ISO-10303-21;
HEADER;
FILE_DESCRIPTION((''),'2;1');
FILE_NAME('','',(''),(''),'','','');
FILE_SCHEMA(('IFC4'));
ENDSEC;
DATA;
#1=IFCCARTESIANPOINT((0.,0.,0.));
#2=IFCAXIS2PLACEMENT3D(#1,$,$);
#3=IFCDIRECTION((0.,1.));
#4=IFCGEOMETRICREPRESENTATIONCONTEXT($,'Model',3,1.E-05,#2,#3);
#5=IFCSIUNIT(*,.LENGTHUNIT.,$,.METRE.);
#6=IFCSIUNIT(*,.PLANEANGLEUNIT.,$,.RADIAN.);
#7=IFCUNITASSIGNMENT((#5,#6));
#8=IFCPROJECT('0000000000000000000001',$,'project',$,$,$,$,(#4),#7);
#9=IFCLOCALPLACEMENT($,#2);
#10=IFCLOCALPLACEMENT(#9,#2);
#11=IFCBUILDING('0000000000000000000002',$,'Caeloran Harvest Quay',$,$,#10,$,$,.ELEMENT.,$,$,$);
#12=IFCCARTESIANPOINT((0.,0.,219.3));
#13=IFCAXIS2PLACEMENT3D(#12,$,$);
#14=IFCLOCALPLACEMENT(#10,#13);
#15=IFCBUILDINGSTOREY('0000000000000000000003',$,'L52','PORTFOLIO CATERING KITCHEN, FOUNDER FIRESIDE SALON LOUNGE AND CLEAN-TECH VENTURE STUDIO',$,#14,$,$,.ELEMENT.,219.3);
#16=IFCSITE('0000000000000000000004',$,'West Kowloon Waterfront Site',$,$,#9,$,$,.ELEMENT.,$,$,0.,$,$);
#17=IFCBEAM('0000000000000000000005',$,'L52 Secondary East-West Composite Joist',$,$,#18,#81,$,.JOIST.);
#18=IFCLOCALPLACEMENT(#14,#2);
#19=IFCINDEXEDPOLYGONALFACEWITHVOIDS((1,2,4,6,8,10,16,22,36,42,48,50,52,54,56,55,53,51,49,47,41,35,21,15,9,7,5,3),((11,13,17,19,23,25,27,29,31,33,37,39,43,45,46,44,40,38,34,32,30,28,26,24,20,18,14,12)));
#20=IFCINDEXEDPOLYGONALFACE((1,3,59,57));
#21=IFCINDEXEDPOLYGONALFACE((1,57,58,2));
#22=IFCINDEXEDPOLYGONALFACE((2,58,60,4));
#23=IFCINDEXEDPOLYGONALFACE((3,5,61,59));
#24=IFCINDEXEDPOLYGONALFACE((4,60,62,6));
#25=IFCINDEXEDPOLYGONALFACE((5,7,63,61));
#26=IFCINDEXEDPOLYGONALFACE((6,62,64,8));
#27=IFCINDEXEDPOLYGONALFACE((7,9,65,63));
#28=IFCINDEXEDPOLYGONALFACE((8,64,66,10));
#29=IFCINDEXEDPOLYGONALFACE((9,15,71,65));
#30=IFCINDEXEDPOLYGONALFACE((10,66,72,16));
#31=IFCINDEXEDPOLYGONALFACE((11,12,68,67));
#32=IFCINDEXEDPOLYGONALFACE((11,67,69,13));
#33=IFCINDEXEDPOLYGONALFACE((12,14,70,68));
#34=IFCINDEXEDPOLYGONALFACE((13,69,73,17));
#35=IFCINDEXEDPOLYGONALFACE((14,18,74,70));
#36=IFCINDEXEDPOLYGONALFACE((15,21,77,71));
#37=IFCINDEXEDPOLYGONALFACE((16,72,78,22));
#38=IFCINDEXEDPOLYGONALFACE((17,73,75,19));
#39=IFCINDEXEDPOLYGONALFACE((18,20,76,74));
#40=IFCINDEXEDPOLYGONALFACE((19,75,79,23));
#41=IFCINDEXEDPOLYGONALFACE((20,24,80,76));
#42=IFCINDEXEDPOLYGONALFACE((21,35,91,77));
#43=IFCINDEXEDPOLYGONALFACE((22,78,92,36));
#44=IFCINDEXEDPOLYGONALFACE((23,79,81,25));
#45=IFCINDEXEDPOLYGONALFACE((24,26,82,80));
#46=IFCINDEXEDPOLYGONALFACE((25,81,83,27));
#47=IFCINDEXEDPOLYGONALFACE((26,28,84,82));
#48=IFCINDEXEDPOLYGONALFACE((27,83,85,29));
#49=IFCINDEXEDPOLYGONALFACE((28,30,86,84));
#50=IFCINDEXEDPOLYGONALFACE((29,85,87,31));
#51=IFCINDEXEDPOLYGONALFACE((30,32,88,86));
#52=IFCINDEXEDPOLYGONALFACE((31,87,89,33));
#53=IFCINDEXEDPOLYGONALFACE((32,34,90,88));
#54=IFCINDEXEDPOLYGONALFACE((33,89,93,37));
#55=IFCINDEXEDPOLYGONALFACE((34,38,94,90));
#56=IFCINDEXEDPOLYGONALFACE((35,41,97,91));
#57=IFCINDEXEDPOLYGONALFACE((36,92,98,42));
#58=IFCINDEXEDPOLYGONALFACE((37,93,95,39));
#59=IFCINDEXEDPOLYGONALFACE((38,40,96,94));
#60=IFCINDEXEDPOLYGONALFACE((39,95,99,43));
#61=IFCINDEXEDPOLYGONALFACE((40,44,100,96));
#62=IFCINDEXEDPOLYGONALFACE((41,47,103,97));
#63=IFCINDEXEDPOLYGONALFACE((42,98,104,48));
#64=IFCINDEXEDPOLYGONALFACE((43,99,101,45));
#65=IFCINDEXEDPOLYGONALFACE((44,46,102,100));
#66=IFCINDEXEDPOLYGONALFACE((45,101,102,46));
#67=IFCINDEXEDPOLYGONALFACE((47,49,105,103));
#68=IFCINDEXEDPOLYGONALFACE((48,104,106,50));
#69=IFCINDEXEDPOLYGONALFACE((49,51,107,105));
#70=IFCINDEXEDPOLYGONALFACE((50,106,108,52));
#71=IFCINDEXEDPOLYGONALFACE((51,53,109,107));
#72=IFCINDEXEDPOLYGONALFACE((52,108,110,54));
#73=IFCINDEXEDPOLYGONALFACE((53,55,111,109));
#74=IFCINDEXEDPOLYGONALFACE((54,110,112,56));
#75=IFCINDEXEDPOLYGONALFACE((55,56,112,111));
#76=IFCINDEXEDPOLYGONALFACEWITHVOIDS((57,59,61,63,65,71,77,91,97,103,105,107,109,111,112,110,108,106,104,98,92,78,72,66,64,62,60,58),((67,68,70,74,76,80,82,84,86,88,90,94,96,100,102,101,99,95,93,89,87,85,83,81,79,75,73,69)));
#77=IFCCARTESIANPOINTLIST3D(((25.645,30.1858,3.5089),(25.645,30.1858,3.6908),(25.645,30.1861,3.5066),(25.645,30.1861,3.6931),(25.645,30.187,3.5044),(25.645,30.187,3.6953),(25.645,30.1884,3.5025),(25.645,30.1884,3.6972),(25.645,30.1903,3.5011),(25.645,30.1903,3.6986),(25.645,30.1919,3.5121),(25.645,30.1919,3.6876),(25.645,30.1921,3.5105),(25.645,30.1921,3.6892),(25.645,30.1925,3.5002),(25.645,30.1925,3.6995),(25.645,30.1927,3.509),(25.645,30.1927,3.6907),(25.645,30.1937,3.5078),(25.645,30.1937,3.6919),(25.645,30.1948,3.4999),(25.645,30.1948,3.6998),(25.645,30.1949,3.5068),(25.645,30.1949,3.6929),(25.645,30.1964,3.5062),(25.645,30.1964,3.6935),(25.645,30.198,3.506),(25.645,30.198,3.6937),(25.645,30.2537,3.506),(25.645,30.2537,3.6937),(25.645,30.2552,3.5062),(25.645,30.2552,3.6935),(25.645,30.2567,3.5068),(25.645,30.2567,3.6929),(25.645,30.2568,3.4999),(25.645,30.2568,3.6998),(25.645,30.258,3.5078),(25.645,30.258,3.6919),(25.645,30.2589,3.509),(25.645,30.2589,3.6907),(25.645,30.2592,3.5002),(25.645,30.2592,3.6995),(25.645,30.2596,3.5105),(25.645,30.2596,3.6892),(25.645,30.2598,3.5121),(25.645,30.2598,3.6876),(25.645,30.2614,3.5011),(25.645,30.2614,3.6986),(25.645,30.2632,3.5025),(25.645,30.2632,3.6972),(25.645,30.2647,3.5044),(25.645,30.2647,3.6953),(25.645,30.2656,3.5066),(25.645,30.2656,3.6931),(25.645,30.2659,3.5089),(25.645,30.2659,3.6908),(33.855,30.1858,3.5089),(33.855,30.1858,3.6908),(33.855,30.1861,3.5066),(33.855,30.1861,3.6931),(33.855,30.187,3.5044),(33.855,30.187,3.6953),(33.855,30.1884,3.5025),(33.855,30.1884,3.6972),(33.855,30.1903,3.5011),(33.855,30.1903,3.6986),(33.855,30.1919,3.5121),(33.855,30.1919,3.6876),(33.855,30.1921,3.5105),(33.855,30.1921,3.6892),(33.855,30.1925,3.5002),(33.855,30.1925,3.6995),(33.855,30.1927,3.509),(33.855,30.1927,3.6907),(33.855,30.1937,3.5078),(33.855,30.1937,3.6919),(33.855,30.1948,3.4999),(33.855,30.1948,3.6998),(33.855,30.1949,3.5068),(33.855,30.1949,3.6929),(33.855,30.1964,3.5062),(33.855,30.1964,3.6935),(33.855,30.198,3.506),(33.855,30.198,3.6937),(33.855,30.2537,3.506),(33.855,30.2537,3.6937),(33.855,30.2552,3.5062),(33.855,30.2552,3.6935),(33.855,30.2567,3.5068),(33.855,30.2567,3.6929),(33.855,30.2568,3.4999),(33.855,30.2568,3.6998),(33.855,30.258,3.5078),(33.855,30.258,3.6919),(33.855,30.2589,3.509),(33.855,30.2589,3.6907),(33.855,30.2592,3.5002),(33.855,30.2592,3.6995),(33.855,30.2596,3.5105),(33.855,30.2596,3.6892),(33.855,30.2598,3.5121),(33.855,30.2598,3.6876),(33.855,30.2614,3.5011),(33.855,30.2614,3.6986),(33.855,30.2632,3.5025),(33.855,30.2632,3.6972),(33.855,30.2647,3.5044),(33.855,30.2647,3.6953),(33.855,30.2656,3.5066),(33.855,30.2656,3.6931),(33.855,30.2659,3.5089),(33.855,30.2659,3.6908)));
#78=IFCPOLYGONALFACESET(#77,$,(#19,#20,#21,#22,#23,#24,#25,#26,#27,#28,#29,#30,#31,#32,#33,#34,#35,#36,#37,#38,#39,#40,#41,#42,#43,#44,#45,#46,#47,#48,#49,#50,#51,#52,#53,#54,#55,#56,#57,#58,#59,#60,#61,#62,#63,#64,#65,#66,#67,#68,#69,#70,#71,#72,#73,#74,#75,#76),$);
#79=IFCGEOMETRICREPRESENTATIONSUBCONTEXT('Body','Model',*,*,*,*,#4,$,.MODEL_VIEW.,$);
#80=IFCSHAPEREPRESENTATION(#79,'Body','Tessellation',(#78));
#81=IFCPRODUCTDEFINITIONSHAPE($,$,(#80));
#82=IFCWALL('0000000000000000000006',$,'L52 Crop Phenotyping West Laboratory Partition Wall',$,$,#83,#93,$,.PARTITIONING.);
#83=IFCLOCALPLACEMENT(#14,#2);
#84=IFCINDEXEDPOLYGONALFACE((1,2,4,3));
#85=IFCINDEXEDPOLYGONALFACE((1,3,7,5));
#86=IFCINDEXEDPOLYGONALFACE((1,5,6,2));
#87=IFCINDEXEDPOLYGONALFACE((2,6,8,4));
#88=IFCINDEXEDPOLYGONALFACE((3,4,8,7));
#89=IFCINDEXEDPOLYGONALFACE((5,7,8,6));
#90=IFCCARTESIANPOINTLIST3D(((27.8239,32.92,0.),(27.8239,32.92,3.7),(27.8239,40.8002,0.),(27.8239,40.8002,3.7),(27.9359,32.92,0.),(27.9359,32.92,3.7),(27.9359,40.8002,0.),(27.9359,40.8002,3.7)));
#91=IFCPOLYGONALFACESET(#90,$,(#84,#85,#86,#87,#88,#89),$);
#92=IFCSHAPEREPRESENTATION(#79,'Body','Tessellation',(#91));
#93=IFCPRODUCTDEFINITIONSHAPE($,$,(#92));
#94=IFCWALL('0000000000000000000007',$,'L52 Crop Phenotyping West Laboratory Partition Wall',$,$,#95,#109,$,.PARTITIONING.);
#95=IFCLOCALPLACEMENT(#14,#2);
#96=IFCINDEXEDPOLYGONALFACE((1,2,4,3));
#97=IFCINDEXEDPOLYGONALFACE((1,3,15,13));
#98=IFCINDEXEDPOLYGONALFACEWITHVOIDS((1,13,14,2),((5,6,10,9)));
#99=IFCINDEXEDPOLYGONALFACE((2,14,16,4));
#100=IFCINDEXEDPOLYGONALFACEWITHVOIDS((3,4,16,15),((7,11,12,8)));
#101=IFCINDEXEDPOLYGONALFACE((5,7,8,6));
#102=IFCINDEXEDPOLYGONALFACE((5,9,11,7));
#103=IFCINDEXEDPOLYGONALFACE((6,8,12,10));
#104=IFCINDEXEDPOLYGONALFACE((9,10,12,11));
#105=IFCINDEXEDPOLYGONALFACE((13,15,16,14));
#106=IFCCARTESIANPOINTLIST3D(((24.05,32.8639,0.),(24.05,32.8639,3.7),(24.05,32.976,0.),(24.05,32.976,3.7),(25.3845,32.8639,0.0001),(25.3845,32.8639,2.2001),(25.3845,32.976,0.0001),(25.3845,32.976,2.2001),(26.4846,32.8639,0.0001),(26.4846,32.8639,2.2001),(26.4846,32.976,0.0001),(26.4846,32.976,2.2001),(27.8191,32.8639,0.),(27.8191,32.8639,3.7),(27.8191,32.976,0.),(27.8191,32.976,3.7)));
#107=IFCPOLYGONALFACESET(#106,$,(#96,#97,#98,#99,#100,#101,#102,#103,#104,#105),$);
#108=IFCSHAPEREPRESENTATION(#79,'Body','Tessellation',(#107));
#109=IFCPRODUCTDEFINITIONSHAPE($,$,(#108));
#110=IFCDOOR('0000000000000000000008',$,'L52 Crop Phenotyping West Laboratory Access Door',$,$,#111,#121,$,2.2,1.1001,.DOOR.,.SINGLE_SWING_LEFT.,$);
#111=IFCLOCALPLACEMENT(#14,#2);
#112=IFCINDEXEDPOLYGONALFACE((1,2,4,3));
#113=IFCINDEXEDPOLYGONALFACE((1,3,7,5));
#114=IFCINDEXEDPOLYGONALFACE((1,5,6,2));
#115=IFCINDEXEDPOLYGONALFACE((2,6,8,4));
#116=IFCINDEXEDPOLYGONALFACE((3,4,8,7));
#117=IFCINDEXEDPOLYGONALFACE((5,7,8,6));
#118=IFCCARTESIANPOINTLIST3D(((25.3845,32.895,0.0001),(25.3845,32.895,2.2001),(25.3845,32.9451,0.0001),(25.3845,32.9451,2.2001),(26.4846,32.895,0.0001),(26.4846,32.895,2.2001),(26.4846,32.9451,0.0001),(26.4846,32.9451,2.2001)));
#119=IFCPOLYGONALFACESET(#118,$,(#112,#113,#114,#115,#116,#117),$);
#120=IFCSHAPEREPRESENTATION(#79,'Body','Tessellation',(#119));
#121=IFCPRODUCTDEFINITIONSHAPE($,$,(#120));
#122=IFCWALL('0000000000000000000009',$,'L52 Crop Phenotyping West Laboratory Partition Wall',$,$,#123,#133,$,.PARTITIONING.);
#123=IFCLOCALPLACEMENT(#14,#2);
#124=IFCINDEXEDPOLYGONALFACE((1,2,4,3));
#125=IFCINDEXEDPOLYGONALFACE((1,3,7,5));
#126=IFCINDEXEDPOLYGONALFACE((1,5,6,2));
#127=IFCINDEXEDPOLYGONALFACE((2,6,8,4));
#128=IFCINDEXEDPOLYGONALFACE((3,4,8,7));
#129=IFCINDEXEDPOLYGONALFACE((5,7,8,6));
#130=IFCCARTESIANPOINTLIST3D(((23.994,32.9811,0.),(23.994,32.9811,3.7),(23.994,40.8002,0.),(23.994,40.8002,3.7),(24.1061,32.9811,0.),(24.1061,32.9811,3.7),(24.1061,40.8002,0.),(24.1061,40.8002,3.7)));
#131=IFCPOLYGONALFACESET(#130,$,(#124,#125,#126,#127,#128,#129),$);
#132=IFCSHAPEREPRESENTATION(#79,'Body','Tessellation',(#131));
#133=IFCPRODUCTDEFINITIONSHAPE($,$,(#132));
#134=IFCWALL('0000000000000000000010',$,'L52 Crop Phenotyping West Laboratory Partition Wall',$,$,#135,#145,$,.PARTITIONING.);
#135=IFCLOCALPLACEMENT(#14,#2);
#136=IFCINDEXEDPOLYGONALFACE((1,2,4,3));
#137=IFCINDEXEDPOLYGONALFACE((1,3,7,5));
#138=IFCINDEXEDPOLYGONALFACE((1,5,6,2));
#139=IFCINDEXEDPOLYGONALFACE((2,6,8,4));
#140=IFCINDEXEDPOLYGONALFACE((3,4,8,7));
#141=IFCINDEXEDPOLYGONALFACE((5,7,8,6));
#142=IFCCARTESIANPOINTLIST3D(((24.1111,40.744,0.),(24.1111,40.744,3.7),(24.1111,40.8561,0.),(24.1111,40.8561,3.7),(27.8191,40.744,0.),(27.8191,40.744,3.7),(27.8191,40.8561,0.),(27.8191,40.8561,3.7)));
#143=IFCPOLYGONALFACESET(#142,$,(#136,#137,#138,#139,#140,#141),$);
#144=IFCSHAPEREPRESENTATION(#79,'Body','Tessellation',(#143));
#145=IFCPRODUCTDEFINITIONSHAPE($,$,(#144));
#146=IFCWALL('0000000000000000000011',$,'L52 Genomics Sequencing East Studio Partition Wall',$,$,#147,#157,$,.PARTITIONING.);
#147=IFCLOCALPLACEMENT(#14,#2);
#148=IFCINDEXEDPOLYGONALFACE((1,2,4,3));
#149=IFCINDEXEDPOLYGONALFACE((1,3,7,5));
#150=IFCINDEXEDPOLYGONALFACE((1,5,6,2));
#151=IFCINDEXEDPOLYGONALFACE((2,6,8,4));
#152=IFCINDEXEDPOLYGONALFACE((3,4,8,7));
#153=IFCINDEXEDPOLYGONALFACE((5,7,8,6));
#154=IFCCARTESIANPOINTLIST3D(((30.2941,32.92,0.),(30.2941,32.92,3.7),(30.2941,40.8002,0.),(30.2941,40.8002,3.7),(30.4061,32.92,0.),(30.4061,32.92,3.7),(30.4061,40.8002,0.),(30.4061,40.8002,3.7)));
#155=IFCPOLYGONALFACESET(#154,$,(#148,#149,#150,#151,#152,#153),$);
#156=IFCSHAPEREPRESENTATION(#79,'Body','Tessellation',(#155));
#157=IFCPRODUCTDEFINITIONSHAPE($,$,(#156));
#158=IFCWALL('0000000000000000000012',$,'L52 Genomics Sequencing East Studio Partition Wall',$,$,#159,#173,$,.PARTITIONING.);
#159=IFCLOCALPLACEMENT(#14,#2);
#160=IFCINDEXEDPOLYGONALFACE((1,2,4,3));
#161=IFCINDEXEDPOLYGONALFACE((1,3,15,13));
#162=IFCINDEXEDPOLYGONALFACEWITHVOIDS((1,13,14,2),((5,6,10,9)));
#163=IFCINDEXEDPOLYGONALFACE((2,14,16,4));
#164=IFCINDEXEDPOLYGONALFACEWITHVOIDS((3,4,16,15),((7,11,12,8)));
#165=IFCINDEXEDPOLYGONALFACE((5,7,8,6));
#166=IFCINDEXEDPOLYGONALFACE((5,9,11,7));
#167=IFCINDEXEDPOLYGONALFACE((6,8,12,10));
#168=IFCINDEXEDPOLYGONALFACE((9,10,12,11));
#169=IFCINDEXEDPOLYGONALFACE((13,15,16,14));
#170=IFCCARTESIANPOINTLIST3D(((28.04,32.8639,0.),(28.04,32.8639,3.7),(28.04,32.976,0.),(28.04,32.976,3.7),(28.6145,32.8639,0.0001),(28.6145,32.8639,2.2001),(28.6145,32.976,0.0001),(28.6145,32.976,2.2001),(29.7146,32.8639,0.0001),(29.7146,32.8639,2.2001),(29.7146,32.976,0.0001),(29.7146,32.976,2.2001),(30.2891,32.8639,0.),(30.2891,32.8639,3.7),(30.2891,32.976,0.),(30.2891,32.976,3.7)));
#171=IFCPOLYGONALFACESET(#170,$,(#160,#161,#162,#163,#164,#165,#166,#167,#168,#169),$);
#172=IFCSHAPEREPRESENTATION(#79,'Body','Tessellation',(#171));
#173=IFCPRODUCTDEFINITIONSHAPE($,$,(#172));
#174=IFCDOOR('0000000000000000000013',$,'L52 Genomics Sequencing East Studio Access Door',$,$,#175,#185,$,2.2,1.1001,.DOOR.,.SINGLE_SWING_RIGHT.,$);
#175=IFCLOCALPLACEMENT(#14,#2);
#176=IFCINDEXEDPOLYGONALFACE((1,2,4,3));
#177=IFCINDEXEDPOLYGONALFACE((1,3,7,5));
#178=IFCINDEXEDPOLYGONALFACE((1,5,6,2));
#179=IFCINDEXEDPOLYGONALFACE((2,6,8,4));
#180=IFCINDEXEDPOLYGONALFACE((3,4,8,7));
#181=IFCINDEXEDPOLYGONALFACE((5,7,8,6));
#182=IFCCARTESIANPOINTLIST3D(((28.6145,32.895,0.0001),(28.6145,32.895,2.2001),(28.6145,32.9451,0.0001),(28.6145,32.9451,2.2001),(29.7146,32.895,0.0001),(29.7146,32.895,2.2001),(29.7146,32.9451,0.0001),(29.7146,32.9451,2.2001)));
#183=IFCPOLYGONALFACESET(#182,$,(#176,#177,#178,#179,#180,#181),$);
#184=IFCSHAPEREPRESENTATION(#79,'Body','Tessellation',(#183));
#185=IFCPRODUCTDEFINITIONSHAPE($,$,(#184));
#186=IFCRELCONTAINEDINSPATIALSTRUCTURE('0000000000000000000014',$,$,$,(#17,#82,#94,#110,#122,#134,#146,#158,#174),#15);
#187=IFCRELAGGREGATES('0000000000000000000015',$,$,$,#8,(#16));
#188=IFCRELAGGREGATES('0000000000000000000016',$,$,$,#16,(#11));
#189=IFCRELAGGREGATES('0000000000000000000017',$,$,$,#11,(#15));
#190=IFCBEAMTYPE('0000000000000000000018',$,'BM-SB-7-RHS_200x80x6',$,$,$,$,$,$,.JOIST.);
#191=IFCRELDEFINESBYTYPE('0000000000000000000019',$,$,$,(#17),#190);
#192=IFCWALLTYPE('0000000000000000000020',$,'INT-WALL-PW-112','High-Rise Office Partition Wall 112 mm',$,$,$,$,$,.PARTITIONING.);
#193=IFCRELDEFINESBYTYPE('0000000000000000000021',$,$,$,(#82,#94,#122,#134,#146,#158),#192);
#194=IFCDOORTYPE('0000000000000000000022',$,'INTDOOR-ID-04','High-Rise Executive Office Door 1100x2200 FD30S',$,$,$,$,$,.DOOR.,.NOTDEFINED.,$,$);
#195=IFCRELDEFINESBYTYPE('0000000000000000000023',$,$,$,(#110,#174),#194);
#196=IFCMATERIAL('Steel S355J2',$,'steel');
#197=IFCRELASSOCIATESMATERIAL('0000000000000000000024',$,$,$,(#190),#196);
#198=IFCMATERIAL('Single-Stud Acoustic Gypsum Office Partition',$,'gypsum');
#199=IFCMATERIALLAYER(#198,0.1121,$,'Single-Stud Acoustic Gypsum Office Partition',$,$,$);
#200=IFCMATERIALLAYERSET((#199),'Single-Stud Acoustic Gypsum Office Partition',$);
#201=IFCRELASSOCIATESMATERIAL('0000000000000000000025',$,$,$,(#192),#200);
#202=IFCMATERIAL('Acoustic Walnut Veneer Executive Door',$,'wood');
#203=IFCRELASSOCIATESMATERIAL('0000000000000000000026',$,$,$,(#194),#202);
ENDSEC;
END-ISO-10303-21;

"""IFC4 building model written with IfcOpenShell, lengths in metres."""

from ifc_helpers import new_model, si_unit, direction, frame, frame_2d, origin, origin_2d, place, context, subcontext, project, spatial, rectangle, hollow_rectangle, extrude, material, layer, layer_set, material_profile, profile_set, type_object, element, fill, save


model = new_model("IFC4")

# Units and contexts
model_context = context("Model", 3, precision=1e-05, world=origin(), true_north=direction((0.0, 1.0)))
body_context = subcontext(model_context, "Body", "Model", "MODEL_VIEW")
ifc_project = project(units=[si_unit("LENGTHUNIT", "METRE"), si_unit("PLANEANGLEUNIT", "RADIAN")], contexts=[model_context])

# Site, building, storey
site_placement = place(None, origin())
site = spatial("IfcSite", under=ifc_project, at=site_placement, Name="West Kowloon Waterfront Site", CompositionType="ELEMENT", RefElevation=0.0)
building_placement = place(site_placement, origin())
building = spatial("IfcBuilding", under=site, at=building_placement, Name="Caeloran Harvest Quay", CompositionType="ELEMENT")
storey_placement = place(building_placement, frame((0.0, 0.0, 219.3)))
storey = spatial("IfcBuildingStorey", under=building, at=storey_placement, Name="L52", Description="PORTFOLIO CATERING KITCHEN, FOUNDER FIRESIDE SALON LOUNGE AND CLEAN-TECH VENTURE STUDIO", CompositionType="ELEMENT", Elevation=219.3)

# Beam
ifc_material_1 = material(Name="Steel S355J2", Category="steel")
ifc_material_profile_1 = material_profile(ifc_material_1, hollow_rectangle(XDim=0.0801, YDim=0.2, WallThickness=0.0061, InnerFilletRadius=0.0061, OuterFilletRadius=0.009, at=origin_2d()), Name="RHS 200x80x6")
ifc_profile_set_1 = profile_set([ifc_material_profile_1], Name="Steel S355J2")
beam_type_1 = type_object("IfcBeamType", Name="BM-SB-7-RHS_200x80x6", PredefinedType="JOIST", material=ifc_profile_set_1)
for number, where, z_axis, x_axis, name in (
    (1, (25.645, 30.2258, 3.5999), (1.0, 0.0, 0.0), (0.0, 1.0, 0.0), "L52 Secondary East-West Composite Joist"),
):
    element("IfcBeam", number, at=place(storey_placement, frame(where, z_axis=z_axis, x_axis=x_axis)), inside=storey, type_object=beam_type_1, Name=name, PredefinedType="JOIST", context=body_context, shape_type="SweptSolid", body=[
        extrude(hollow_rectangle(XDim=0.0801, YDim=0.2, WallThickness=0.0061, InnerFilletRadius=0.0061, OuterFilletRadius=0.009, at=origin_2d()), origin(), (0.0, 0.0, 1.0), 8.21),
    ])

# Wall
ifc_material_2 = material(Name="Single-Stud Acoustic Gypsum Office Partition", Category="gypsum")
ifc_layer = layer(ifc_material_2, 0.1121, Name="Single-Stud Acoustic Gypsum Office Partition")
ifc_layer_set = layer_set([ifc_layer], Name="Single-Stud Acoustic Gypsum Office Partition")
wall_type = type_object("IfcWallType", Name="INT-WALL-PW-112", Description="High-Rise Office Partition Wall 112 mm", PredefinedType="PARTITIONING", material=ifc_layer_set)
wall_1_placement = place(storey_placement, frame((27.8799, 40.8, 0.0), z_axis=(0.0, 0.0, 1.0), x_axis=(0.0, -1.0, 0.0)))
element("IfcWall", 2, at=wall_1_placement, inside=storey, type_object=wall_type, Name="L52 Crop Phenotyping West Laboratory Partition Wall", PredefinedType="PARTITIONING", context=body_context, shape_type="SweptSolid", body=[
    extrude(rectangle(XDim=7.8801, YDim=0.1121, at=frame_2d((3.9399, 0.0))), origin(), (0.0, 0.0, 1.0), 3.7),
])

# Wall, opening, door
wall_2_placement = place(storey_placement, frame((27.8191, 32.9199, 0.0), z_axis=(0.0, 0.0, 1.0), x_axis=(-1.0, 0.0, 0.0)))
wall_2 = element("IfcWall", 3, at=wall_2_placement, inside=storey, type_object=wall_type, Name="L52 Crop Phenotyping West Laboratory Partition Wall", PredefinedType="PARTITIONING", context=body_context, shape_type="SweptSolid", body=[
    extrude(rectangle(XDim=3.769, YDim=0.1121, at=frame_2d((1.8845, 0.0))), origin(), (0.0, 0.0, 1.0), 3.7),
])
opening_1_placement = place(wall_2_placement, frame((1.3345, 0.0, 0.0)))
opening_1 = element("IfcOpeningElement", 4, at=opening_1_placement, cuts=wall_2, PredefinedType="OPENING", context=body_context, shape_type="SweptSolid", body=[
    extrude(rectangle(XDim=1.1001, YDim=2.2, at=frame_2d((0.55, 1.1001))), frame((0.0, 0.0659, 0.0), z_axis=(0.0, -1.0, 0.0), x_axis=(1.0, 0.0, 0.0)), (0.0, 0.0, 1.0), 0.1321),
])
ifc_material_3 = material(Name="Acoustic Walnut Veneer Executive Door", Category="wood")
door_type = type_object("IfcDoorType", Name="INTDOOR-ID-04", Description="High-Rise Executive Office Door 1100x2200 FD30S", OperationType="NOTDEFINED", PredefinedType="DOOR", material=ifc_material_3)
door_1_placement = place(opening_1_placement, origin())
door_1 = element("IfcDoor", 5, at=door_1_placement, inside=storey, type_object=door_type, Name="L52 Crop Phenotyping West Laboratory Access Door", OperationType="SINGLE_SWING_LEFT", OverallHeight=2.2, OverallWidth=1.1001, PredefinedType="DOOR", context=body_context, shape_type="SweptSolid", body=[
    extrude(rectangle(XDim=1.1001, YDim=2.2, at=frame_2d((0.55, 1.1001))), frame((0.0, 0.0249, 0.0), z_axis=(0.0, -1.0, 0.0), x_axis=(1.0, 0.0, 0.0)), (0.0, 0.0, 1.0), 0.05),
])
fill(opening_1, door_1)

# Walls
wall_3_placement = place(storey_placement, frame((24.05, 32.981, 0.0), z_axis=(0.0, 0.0, 1.0), x_axis=(0.0, 1.0, 0.0)))
element("IfcWall", 6, at=wall_3_placement, inside=storey, type_object=wall_type, Name="L52 Crop Phenotyping West Laboratory Partition Wall", PredefinedType="PARTITIONING", context=body_context, shape_type="SweptSolid", body=[
    extrude(rectangle(XDim=7.8191, YDim=0.1121, at=frame_2d((3.9097, 0.0))), origin(), (0.0, 0.0, 1.0), 3.7),
])
wall_4_placement = place(storey_placement, frame((24.1111, 40.8, 0.0), z_axis=(0.0, 0.0, 1.0), x_axis=(1.0, 0.0, 0.0)))
element("IfcWall", 7, at=wall_4_placement, inside=storey, type_object=wall_type, Name="L52 Crop Phenotyping West Laboratory Partition Wall", PredefinedType="PARTITIONING", context=body_context, shape_type="SweptSolid", body=[
    extrude(rectangle(XDim=3.708, YDim=0.1121, at=frame_2d((1.854, 0.0))), origin(), (0.0, 0.0, 1.0), 3.7),
])
wall_5_placement = place(storey_placement, frame((30.3501, 40.8, 0.0), z_axis=(0.0, 0.0, 1.0), x_axis=(0.0, -1.0, 0.0)))
element("IfcWall", 8, at=wall_5_placement, inside=storey, type_object=wall_type, Name="L52 Genomics Sequencing East Studio Partition Wall", PredefinedType="PARTITIONING", context=body_context, shape_type="SweptSolid", body=[
    extrude(rectangle(XDim=7.8801, YDim=0.1121, at=frame_2d((3.9399, 0.0))), origin(), (0.0, 0.0, 1.0), 3.7),
])

# Wall, opening, door
wall_6_placement = place(storey_placement, frame((30.2891, 32.9199, 0.0), z_axis=(0.0, 0.0, 1.0), x_axis=(-1.0, 0.0, 0.0)))
wall_6 = element("IfcWall", 9, at=wall_6_placement, inside=storey, type_object=wall_type, Name="L52 Genomics Sequencing East Studio Partition Wall", PredefinedType="PARTITIONING", context=body_context, shape_type="SweptSolid", body=[
    extrude(rectangle(XDim=2.249, YDim=0.1121, at=frame_2d((1.1245, 0.0))), origin(), (0.0, 0.0, 1.0), 3.7),
])
opening_2_placement = place(wall_6_placement, frame((0.5745, 0.0, 0.0)))
opening_2 = element("IfcOpeningElement", 10, at=opening_2_placement, cuts=wall_6, PredefinedType="OPENING", context=body_context, shape_type="SweptSolid", body=[
    extrude(rectangle(XDim=1.1001, YDim=2.2, at=frame_2d((0.55, 1.1001))), frame((0.0, 0.0659, 0.0), z_axis=(0.0, -1.0, 0.0), x_axis=(1.0, 0.0, 0.0)), (0.0, 0.0, 1.0), 0.1321),
])
door_2_placement = place(opening_2_placement, origin())
door_2 = element("IfcDoor", 11, at=door_2_placement, inside=storey, type_object=door_type, Name="L52 Genomics Sequencing East Studio Access Door", OperationType="SINGLE_SWING_RIGHT", OverallHeight=2.2, OverallWidth=1.1001, PredefinedType="DOOR", context=body_context, shape_type="SweptSolid", body=[
    extrude(rectangle(XDim=1.1001, YDim=2.2, at=frame_2d((0.55, 1.1001))), frame((0.0, 0.0249, 0.0), z_axis=(0.0, -1.0, 0.0), x_axis=(1.0, 0.0, 0.0)), (0.0, 0.0, 1.0), 0.05),
])
fill(opening_2, door_2)

save(model, "model.ifc")
